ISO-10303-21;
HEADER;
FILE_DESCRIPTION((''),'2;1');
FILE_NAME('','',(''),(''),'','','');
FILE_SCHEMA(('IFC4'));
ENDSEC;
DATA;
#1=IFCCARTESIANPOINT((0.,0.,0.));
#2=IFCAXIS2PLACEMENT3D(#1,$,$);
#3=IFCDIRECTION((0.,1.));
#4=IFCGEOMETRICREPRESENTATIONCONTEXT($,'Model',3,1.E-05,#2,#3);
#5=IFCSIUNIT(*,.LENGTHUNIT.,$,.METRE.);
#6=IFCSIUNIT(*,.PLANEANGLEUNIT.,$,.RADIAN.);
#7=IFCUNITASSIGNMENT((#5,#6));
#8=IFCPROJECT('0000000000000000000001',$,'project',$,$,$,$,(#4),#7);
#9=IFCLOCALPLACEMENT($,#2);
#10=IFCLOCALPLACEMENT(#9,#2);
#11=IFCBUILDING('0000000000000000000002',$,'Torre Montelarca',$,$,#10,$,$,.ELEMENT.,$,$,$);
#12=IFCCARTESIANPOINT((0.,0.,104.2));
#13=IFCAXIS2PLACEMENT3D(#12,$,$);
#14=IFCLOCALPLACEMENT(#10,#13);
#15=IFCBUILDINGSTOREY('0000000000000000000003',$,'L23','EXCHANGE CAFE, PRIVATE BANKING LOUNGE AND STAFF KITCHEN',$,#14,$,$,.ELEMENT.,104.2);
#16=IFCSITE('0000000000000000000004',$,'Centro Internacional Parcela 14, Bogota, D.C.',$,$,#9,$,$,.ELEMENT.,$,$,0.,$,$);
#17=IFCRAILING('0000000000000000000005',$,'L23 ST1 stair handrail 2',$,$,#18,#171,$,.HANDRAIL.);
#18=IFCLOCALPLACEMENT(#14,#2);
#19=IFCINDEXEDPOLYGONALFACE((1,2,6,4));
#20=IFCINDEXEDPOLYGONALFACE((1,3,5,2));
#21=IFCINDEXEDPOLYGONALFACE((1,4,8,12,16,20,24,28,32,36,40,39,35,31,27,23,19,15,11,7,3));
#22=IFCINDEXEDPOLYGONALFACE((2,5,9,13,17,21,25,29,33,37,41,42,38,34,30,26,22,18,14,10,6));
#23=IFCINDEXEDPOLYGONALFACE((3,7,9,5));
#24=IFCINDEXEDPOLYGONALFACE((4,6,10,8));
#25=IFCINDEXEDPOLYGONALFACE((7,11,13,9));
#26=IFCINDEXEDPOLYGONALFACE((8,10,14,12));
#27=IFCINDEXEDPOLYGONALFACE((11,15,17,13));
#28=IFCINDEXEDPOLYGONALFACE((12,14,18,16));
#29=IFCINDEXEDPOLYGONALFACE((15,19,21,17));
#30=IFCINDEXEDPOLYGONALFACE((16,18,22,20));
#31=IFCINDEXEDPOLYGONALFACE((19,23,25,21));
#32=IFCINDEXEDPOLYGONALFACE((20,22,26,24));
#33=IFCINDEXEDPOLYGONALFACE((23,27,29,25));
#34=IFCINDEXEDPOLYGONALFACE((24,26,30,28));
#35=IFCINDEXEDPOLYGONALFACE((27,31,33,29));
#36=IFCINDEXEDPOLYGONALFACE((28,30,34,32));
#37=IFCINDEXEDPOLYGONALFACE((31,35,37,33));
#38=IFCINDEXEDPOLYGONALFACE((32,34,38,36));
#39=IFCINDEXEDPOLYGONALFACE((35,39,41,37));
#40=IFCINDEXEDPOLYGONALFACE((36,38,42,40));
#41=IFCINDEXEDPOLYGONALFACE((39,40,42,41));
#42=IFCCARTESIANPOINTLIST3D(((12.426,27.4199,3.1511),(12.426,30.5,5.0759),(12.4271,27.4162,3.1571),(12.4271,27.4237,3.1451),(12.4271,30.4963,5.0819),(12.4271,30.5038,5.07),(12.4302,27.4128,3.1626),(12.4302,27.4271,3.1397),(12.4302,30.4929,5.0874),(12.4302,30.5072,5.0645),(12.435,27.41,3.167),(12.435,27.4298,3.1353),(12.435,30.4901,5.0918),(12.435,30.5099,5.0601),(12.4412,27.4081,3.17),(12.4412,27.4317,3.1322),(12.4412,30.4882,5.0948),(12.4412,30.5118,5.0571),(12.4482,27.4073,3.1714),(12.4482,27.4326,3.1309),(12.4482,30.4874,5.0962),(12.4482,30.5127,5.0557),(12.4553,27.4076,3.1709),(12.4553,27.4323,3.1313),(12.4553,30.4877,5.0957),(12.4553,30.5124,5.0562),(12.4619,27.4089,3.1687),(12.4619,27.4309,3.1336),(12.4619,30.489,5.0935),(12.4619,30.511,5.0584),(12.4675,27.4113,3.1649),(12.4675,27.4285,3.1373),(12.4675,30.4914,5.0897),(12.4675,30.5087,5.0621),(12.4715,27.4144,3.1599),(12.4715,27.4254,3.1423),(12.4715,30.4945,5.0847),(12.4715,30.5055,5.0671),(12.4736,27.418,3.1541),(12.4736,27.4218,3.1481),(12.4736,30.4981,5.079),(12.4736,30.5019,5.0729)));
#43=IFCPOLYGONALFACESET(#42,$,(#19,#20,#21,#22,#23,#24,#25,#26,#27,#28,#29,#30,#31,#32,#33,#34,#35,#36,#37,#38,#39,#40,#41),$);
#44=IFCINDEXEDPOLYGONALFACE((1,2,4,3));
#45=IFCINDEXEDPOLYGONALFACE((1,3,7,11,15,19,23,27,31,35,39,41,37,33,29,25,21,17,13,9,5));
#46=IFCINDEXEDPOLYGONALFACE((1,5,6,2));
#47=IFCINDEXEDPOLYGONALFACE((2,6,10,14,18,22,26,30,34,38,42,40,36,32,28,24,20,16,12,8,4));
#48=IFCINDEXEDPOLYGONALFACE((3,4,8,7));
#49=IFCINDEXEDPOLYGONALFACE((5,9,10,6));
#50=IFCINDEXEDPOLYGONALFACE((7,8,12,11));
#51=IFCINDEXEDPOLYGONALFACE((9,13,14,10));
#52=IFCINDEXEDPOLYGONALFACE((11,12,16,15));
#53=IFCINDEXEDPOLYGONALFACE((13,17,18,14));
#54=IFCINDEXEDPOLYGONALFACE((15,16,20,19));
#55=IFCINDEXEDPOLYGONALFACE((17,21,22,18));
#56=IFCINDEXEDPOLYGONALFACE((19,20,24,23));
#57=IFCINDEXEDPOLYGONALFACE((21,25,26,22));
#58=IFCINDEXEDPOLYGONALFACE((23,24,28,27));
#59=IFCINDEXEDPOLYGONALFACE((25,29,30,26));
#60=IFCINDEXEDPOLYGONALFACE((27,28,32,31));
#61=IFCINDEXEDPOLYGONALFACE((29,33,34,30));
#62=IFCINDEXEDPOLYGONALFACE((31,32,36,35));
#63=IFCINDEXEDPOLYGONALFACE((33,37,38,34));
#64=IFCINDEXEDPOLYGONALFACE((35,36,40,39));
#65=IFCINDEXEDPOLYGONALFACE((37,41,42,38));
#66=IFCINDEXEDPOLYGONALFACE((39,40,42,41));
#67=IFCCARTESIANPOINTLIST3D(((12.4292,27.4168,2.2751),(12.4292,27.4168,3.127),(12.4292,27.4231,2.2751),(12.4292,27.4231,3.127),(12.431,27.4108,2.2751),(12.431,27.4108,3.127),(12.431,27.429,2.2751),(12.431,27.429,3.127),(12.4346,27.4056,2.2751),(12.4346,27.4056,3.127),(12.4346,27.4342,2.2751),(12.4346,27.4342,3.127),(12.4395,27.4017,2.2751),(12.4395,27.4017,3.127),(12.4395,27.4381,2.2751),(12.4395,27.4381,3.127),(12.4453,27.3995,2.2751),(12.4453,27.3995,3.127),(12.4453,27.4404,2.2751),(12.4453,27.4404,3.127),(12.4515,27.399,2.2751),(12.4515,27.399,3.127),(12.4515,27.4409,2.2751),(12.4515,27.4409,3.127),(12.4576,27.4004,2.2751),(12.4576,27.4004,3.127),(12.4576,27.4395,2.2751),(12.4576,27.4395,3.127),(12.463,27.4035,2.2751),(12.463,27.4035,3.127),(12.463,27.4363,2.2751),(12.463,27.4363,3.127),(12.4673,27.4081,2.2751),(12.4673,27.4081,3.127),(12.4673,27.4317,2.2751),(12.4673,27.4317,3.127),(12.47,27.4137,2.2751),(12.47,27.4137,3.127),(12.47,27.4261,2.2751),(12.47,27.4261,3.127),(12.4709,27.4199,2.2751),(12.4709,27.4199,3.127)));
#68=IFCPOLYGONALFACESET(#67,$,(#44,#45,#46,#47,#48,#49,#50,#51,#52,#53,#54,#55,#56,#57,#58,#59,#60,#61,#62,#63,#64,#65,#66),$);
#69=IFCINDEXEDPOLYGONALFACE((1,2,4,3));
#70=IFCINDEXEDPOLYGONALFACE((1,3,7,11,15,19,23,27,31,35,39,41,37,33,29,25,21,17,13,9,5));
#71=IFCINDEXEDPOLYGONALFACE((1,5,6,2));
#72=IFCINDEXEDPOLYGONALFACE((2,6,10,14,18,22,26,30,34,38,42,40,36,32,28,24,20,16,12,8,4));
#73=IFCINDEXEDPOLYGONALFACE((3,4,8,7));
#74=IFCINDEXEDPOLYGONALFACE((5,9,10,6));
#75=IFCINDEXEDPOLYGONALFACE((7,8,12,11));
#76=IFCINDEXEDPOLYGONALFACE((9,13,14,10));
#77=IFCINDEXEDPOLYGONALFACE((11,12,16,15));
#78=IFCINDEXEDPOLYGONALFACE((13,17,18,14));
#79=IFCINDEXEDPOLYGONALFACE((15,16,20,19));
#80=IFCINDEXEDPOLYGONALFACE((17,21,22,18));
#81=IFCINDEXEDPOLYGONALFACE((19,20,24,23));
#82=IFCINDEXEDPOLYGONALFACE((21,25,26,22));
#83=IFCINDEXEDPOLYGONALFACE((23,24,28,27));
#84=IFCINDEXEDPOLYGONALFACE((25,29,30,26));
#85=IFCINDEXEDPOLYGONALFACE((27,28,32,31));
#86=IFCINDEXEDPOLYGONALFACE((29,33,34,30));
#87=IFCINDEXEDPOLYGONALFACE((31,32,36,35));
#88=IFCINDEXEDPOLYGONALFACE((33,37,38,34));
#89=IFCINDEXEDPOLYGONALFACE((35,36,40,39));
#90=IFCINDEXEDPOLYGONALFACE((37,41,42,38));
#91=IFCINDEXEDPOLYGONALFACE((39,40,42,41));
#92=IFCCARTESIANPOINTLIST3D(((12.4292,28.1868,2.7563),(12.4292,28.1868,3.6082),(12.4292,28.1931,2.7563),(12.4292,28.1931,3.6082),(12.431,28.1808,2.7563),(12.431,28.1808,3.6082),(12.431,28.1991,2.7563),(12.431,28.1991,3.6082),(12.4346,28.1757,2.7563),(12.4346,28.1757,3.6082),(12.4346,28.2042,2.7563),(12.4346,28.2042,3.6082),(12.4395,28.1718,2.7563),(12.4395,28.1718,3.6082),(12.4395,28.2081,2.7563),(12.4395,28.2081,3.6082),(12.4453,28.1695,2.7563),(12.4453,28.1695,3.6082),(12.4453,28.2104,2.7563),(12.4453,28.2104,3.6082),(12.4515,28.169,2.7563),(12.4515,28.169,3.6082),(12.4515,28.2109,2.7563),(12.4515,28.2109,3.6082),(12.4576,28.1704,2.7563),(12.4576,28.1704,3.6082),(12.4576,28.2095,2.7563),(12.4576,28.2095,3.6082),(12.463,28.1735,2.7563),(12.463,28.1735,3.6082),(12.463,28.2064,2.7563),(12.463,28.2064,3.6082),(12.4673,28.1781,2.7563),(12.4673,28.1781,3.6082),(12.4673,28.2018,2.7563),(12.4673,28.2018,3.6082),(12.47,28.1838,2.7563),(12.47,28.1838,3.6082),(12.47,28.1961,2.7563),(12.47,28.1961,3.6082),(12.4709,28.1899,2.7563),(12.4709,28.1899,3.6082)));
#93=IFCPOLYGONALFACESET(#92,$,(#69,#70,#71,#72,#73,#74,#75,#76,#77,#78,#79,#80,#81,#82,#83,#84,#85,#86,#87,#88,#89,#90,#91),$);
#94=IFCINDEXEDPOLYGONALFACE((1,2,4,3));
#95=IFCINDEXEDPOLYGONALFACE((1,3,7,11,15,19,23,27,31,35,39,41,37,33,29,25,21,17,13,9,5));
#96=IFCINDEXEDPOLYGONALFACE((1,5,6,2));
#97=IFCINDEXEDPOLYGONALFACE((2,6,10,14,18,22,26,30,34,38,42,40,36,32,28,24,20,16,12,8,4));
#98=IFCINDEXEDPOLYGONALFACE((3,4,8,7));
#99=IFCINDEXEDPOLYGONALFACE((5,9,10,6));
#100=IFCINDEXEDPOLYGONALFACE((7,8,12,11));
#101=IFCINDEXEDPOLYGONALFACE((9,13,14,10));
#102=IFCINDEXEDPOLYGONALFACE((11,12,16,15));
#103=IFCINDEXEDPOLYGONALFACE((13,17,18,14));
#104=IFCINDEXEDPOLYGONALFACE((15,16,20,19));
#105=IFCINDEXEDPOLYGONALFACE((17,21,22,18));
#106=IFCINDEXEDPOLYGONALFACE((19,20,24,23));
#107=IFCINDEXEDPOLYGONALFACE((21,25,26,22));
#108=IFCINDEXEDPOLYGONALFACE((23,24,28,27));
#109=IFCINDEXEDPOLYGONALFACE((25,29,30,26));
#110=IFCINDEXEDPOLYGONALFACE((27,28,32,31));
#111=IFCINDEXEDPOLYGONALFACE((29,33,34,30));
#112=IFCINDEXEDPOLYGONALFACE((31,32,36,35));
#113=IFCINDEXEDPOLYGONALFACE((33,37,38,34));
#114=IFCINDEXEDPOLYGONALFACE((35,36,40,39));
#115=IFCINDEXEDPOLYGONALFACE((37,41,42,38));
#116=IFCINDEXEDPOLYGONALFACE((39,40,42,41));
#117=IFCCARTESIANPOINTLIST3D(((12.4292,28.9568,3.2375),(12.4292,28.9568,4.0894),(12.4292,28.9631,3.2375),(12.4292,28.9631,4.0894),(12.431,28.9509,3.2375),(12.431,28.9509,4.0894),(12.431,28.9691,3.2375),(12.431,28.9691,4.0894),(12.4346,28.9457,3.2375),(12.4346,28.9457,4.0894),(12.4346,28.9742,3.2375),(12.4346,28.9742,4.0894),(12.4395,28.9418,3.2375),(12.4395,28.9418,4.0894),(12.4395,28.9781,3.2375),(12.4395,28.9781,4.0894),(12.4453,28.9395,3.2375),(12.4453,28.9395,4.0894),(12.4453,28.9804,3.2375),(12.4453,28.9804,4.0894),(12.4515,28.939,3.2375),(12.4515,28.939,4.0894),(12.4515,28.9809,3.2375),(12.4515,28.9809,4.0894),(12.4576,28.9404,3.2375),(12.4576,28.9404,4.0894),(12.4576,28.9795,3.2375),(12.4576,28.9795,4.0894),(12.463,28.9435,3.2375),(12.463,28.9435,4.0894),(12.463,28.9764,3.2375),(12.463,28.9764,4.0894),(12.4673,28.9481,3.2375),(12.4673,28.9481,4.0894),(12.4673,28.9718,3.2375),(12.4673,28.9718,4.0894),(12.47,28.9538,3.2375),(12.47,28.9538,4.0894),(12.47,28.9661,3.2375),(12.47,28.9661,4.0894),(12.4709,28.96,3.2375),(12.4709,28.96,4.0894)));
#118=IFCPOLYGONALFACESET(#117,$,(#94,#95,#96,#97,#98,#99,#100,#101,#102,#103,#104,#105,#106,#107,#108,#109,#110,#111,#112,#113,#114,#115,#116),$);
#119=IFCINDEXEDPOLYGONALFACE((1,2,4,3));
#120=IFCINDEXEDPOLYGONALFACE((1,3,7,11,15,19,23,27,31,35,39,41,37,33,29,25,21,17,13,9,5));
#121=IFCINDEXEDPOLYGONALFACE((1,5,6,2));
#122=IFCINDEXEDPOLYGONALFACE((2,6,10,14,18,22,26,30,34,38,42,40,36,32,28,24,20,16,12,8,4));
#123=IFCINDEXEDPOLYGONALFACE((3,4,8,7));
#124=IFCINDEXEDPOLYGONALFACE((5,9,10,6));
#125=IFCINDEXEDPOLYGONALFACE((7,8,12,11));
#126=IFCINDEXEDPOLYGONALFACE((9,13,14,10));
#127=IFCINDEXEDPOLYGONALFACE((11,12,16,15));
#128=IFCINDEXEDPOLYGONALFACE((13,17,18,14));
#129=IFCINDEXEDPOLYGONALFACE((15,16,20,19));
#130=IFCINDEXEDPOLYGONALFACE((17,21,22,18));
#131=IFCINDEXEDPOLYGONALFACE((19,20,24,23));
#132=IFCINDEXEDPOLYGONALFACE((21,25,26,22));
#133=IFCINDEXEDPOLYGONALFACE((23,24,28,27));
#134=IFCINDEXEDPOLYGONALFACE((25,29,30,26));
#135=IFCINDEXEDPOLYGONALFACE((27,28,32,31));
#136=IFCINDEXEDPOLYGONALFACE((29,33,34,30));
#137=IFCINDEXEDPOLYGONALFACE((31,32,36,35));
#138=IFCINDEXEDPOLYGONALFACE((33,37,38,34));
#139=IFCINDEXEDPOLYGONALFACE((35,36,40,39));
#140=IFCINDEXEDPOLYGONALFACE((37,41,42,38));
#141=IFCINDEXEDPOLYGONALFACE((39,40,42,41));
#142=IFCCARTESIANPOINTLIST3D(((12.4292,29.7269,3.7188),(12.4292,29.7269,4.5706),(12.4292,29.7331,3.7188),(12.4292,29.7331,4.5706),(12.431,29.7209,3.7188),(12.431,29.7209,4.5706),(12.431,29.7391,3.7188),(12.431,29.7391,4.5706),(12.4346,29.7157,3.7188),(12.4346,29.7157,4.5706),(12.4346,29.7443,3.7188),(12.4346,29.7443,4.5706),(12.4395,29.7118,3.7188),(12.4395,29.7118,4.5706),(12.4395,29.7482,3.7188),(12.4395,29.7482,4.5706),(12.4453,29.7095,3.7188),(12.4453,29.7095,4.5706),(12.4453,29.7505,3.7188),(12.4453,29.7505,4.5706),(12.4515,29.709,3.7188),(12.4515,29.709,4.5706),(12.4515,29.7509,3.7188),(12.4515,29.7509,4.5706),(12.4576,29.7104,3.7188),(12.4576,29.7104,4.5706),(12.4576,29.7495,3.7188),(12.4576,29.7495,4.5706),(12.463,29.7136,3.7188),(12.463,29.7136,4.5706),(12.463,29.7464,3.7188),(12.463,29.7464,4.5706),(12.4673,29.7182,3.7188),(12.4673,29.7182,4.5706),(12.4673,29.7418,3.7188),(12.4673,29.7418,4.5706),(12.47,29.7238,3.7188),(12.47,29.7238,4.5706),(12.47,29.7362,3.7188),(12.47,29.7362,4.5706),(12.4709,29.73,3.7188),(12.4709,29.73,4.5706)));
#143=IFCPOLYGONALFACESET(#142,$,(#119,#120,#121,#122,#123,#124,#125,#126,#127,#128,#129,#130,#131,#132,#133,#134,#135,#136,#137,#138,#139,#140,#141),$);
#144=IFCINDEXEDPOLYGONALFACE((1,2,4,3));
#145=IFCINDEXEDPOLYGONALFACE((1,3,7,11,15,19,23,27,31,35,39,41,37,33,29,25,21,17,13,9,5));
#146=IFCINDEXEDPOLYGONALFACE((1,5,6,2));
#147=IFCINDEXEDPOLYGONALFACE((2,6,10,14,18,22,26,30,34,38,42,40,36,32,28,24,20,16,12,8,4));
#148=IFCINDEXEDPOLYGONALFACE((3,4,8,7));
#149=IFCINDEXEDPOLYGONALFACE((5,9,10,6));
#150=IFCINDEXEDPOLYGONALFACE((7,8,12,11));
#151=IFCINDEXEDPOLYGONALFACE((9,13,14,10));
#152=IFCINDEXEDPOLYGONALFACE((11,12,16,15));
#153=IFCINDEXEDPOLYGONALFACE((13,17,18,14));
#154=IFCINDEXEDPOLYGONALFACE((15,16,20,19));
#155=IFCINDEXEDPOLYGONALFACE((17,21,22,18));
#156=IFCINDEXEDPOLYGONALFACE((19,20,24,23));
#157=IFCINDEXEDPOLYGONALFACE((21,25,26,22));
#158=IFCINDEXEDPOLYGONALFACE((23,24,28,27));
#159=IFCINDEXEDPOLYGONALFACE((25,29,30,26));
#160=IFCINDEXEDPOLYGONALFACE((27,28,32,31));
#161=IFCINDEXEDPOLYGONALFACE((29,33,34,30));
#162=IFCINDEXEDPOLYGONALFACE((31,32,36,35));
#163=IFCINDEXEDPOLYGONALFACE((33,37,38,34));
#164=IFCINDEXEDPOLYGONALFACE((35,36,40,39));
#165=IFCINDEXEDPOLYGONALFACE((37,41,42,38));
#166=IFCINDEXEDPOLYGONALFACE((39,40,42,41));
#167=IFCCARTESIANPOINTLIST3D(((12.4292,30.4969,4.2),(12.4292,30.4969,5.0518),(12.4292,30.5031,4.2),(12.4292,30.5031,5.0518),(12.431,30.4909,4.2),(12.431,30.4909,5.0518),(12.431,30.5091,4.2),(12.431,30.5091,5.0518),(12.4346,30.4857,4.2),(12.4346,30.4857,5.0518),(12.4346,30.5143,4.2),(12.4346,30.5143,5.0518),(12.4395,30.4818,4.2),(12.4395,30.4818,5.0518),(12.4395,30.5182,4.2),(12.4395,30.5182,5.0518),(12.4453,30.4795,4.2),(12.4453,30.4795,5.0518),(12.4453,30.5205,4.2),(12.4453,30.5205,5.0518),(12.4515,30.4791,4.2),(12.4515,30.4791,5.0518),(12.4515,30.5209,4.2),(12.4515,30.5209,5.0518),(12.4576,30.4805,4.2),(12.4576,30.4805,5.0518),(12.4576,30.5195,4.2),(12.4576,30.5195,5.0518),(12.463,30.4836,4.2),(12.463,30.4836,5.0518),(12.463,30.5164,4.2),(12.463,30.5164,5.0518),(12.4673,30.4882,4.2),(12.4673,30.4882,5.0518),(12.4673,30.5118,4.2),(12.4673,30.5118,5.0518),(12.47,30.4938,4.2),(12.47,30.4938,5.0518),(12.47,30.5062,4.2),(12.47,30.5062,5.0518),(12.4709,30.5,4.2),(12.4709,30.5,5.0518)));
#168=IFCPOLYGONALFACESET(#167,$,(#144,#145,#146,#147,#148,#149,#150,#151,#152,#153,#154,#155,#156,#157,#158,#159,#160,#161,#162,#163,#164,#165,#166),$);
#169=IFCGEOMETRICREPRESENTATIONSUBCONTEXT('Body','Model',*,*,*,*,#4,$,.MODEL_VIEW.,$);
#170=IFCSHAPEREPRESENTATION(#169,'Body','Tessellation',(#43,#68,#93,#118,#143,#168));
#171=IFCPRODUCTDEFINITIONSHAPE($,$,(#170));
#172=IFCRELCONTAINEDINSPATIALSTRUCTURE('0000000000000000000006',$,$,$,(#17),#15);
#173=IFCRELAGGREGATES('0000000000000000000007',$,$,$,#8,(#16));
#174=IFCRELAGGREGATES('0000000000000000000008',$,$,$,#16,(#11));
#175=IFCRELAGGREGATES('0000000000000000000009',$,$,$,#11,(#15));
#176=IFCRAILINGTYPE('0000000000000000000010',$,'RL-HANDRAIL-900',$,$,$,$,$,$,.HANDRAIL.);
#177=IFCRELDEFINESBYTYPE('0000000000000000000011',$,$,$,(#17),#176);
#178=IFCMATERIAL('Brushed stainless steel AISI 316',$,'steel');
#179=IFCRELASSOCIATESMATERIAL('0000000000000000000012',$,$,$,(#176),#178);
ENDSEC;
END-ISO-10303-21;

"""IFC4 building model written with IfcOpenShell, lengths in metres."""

from ifc_helpers import new_model, si_unit, direction, frame, origin, origin_2d, place, context, subcontext, project, spatial, circle, extrude, material, type_object, element, save


model = new_model("IFC4")

# Units and contexts
model_context = context("Model", 3, precision=1e-05, world=origin(), true_north=direction((0.0, 1.0)))
body_context = subcontext(model_context, "Body", "Model", "MODEL_VIEW")
ifc_project = project(units=[si_unit("LENGTHUNIT", "METRE"), si_unit("PLANEANGLEUNIT", "RADIAN")], contexts=[model_context])

# Site, building, storey
site_placement = place(None, origin())
site = spatial("IfcSite", under=ifc_project, at=site_placement, Name="Centro Internacional Parcela 14, Bogota, D.C.", CompositionType="ELEMENT", RefElevation=0.0)
building_placement = place(site_placement, origin())
building = spatial("IfcBuilding", under=site, at=building_placement, Name="Torre Montelarca", CompositionType="ELEMENT")
storey_placement = place(building_placement, frame((0.0, 0.0, 104.2)))
storey = spatial("IfcBuildingStorey", under=building, at=storey_placement, Name="L23", Description="EXCHANGE CAFE, PRIVATE BANKING LOUNGE AND STAFF KITCHEN", CompositionType="ELEMENT", Elevation=104.2)

# Shared definitions
ifc_material_1 = material(Name="Brushed stainless steel AISI 316", Category="steel")

# Railing
railing_type_1 = type_object("IfcRailingType", Name="RL-HANDRAIL-900", PredefinedType="HANDRAIL", material=ifc_material_1)
railing_1_placement = place(storey_placement, frame((12.45, 27.4199, 2.2751)))
element("IfcRailing", 1, at=railing_1_placement, inside=storey, type_object=railing_type_1, Name="L23 ST1 stair handrail 2", PredefinedType="HANDRAIL", context=body_context, shape_type="SweptSolid", body=[
    extrude(circle(Radius=0.0239, at=origin_2d()), frame((0.0, 0.0, 0.876), z_axis=(0.0, 0.848029, 0.529951), x_axis=(-1.0, 0.0, 0.0)), (0.0, 0.0, 1.0), 3.6321),
    extrude(circle(Radius=0.021, at=origin_2d()), origin(), (0.0, 0.0, 1.0), 0.8518),
    extrude(circle(Radius=0.021, at=origin_2d()), frame((0.0, 0.77, 0.4812)), (0.0, 0.0, 1.0), 0.8518),
    extrude(circle(Radius=0.021, at=origin_2d()), frame((0.0, 1.54, 0.9624)), (0.0, 0.0, 1.0), 0.8518),
    extrude(circle(Radius=0.021, at=origin_2d()), frame((0.0, 2.3101, 1.4436)), (0.0, 0.0, 1.0), 0.8518),
    extrude(circle(Radius=0.021, at=origin_2d()), frame((0.0, 3.0801, 1.9248)), (0.0, 0.0, 1.0), 0.8518),
])

save(model, "model.ifc")
